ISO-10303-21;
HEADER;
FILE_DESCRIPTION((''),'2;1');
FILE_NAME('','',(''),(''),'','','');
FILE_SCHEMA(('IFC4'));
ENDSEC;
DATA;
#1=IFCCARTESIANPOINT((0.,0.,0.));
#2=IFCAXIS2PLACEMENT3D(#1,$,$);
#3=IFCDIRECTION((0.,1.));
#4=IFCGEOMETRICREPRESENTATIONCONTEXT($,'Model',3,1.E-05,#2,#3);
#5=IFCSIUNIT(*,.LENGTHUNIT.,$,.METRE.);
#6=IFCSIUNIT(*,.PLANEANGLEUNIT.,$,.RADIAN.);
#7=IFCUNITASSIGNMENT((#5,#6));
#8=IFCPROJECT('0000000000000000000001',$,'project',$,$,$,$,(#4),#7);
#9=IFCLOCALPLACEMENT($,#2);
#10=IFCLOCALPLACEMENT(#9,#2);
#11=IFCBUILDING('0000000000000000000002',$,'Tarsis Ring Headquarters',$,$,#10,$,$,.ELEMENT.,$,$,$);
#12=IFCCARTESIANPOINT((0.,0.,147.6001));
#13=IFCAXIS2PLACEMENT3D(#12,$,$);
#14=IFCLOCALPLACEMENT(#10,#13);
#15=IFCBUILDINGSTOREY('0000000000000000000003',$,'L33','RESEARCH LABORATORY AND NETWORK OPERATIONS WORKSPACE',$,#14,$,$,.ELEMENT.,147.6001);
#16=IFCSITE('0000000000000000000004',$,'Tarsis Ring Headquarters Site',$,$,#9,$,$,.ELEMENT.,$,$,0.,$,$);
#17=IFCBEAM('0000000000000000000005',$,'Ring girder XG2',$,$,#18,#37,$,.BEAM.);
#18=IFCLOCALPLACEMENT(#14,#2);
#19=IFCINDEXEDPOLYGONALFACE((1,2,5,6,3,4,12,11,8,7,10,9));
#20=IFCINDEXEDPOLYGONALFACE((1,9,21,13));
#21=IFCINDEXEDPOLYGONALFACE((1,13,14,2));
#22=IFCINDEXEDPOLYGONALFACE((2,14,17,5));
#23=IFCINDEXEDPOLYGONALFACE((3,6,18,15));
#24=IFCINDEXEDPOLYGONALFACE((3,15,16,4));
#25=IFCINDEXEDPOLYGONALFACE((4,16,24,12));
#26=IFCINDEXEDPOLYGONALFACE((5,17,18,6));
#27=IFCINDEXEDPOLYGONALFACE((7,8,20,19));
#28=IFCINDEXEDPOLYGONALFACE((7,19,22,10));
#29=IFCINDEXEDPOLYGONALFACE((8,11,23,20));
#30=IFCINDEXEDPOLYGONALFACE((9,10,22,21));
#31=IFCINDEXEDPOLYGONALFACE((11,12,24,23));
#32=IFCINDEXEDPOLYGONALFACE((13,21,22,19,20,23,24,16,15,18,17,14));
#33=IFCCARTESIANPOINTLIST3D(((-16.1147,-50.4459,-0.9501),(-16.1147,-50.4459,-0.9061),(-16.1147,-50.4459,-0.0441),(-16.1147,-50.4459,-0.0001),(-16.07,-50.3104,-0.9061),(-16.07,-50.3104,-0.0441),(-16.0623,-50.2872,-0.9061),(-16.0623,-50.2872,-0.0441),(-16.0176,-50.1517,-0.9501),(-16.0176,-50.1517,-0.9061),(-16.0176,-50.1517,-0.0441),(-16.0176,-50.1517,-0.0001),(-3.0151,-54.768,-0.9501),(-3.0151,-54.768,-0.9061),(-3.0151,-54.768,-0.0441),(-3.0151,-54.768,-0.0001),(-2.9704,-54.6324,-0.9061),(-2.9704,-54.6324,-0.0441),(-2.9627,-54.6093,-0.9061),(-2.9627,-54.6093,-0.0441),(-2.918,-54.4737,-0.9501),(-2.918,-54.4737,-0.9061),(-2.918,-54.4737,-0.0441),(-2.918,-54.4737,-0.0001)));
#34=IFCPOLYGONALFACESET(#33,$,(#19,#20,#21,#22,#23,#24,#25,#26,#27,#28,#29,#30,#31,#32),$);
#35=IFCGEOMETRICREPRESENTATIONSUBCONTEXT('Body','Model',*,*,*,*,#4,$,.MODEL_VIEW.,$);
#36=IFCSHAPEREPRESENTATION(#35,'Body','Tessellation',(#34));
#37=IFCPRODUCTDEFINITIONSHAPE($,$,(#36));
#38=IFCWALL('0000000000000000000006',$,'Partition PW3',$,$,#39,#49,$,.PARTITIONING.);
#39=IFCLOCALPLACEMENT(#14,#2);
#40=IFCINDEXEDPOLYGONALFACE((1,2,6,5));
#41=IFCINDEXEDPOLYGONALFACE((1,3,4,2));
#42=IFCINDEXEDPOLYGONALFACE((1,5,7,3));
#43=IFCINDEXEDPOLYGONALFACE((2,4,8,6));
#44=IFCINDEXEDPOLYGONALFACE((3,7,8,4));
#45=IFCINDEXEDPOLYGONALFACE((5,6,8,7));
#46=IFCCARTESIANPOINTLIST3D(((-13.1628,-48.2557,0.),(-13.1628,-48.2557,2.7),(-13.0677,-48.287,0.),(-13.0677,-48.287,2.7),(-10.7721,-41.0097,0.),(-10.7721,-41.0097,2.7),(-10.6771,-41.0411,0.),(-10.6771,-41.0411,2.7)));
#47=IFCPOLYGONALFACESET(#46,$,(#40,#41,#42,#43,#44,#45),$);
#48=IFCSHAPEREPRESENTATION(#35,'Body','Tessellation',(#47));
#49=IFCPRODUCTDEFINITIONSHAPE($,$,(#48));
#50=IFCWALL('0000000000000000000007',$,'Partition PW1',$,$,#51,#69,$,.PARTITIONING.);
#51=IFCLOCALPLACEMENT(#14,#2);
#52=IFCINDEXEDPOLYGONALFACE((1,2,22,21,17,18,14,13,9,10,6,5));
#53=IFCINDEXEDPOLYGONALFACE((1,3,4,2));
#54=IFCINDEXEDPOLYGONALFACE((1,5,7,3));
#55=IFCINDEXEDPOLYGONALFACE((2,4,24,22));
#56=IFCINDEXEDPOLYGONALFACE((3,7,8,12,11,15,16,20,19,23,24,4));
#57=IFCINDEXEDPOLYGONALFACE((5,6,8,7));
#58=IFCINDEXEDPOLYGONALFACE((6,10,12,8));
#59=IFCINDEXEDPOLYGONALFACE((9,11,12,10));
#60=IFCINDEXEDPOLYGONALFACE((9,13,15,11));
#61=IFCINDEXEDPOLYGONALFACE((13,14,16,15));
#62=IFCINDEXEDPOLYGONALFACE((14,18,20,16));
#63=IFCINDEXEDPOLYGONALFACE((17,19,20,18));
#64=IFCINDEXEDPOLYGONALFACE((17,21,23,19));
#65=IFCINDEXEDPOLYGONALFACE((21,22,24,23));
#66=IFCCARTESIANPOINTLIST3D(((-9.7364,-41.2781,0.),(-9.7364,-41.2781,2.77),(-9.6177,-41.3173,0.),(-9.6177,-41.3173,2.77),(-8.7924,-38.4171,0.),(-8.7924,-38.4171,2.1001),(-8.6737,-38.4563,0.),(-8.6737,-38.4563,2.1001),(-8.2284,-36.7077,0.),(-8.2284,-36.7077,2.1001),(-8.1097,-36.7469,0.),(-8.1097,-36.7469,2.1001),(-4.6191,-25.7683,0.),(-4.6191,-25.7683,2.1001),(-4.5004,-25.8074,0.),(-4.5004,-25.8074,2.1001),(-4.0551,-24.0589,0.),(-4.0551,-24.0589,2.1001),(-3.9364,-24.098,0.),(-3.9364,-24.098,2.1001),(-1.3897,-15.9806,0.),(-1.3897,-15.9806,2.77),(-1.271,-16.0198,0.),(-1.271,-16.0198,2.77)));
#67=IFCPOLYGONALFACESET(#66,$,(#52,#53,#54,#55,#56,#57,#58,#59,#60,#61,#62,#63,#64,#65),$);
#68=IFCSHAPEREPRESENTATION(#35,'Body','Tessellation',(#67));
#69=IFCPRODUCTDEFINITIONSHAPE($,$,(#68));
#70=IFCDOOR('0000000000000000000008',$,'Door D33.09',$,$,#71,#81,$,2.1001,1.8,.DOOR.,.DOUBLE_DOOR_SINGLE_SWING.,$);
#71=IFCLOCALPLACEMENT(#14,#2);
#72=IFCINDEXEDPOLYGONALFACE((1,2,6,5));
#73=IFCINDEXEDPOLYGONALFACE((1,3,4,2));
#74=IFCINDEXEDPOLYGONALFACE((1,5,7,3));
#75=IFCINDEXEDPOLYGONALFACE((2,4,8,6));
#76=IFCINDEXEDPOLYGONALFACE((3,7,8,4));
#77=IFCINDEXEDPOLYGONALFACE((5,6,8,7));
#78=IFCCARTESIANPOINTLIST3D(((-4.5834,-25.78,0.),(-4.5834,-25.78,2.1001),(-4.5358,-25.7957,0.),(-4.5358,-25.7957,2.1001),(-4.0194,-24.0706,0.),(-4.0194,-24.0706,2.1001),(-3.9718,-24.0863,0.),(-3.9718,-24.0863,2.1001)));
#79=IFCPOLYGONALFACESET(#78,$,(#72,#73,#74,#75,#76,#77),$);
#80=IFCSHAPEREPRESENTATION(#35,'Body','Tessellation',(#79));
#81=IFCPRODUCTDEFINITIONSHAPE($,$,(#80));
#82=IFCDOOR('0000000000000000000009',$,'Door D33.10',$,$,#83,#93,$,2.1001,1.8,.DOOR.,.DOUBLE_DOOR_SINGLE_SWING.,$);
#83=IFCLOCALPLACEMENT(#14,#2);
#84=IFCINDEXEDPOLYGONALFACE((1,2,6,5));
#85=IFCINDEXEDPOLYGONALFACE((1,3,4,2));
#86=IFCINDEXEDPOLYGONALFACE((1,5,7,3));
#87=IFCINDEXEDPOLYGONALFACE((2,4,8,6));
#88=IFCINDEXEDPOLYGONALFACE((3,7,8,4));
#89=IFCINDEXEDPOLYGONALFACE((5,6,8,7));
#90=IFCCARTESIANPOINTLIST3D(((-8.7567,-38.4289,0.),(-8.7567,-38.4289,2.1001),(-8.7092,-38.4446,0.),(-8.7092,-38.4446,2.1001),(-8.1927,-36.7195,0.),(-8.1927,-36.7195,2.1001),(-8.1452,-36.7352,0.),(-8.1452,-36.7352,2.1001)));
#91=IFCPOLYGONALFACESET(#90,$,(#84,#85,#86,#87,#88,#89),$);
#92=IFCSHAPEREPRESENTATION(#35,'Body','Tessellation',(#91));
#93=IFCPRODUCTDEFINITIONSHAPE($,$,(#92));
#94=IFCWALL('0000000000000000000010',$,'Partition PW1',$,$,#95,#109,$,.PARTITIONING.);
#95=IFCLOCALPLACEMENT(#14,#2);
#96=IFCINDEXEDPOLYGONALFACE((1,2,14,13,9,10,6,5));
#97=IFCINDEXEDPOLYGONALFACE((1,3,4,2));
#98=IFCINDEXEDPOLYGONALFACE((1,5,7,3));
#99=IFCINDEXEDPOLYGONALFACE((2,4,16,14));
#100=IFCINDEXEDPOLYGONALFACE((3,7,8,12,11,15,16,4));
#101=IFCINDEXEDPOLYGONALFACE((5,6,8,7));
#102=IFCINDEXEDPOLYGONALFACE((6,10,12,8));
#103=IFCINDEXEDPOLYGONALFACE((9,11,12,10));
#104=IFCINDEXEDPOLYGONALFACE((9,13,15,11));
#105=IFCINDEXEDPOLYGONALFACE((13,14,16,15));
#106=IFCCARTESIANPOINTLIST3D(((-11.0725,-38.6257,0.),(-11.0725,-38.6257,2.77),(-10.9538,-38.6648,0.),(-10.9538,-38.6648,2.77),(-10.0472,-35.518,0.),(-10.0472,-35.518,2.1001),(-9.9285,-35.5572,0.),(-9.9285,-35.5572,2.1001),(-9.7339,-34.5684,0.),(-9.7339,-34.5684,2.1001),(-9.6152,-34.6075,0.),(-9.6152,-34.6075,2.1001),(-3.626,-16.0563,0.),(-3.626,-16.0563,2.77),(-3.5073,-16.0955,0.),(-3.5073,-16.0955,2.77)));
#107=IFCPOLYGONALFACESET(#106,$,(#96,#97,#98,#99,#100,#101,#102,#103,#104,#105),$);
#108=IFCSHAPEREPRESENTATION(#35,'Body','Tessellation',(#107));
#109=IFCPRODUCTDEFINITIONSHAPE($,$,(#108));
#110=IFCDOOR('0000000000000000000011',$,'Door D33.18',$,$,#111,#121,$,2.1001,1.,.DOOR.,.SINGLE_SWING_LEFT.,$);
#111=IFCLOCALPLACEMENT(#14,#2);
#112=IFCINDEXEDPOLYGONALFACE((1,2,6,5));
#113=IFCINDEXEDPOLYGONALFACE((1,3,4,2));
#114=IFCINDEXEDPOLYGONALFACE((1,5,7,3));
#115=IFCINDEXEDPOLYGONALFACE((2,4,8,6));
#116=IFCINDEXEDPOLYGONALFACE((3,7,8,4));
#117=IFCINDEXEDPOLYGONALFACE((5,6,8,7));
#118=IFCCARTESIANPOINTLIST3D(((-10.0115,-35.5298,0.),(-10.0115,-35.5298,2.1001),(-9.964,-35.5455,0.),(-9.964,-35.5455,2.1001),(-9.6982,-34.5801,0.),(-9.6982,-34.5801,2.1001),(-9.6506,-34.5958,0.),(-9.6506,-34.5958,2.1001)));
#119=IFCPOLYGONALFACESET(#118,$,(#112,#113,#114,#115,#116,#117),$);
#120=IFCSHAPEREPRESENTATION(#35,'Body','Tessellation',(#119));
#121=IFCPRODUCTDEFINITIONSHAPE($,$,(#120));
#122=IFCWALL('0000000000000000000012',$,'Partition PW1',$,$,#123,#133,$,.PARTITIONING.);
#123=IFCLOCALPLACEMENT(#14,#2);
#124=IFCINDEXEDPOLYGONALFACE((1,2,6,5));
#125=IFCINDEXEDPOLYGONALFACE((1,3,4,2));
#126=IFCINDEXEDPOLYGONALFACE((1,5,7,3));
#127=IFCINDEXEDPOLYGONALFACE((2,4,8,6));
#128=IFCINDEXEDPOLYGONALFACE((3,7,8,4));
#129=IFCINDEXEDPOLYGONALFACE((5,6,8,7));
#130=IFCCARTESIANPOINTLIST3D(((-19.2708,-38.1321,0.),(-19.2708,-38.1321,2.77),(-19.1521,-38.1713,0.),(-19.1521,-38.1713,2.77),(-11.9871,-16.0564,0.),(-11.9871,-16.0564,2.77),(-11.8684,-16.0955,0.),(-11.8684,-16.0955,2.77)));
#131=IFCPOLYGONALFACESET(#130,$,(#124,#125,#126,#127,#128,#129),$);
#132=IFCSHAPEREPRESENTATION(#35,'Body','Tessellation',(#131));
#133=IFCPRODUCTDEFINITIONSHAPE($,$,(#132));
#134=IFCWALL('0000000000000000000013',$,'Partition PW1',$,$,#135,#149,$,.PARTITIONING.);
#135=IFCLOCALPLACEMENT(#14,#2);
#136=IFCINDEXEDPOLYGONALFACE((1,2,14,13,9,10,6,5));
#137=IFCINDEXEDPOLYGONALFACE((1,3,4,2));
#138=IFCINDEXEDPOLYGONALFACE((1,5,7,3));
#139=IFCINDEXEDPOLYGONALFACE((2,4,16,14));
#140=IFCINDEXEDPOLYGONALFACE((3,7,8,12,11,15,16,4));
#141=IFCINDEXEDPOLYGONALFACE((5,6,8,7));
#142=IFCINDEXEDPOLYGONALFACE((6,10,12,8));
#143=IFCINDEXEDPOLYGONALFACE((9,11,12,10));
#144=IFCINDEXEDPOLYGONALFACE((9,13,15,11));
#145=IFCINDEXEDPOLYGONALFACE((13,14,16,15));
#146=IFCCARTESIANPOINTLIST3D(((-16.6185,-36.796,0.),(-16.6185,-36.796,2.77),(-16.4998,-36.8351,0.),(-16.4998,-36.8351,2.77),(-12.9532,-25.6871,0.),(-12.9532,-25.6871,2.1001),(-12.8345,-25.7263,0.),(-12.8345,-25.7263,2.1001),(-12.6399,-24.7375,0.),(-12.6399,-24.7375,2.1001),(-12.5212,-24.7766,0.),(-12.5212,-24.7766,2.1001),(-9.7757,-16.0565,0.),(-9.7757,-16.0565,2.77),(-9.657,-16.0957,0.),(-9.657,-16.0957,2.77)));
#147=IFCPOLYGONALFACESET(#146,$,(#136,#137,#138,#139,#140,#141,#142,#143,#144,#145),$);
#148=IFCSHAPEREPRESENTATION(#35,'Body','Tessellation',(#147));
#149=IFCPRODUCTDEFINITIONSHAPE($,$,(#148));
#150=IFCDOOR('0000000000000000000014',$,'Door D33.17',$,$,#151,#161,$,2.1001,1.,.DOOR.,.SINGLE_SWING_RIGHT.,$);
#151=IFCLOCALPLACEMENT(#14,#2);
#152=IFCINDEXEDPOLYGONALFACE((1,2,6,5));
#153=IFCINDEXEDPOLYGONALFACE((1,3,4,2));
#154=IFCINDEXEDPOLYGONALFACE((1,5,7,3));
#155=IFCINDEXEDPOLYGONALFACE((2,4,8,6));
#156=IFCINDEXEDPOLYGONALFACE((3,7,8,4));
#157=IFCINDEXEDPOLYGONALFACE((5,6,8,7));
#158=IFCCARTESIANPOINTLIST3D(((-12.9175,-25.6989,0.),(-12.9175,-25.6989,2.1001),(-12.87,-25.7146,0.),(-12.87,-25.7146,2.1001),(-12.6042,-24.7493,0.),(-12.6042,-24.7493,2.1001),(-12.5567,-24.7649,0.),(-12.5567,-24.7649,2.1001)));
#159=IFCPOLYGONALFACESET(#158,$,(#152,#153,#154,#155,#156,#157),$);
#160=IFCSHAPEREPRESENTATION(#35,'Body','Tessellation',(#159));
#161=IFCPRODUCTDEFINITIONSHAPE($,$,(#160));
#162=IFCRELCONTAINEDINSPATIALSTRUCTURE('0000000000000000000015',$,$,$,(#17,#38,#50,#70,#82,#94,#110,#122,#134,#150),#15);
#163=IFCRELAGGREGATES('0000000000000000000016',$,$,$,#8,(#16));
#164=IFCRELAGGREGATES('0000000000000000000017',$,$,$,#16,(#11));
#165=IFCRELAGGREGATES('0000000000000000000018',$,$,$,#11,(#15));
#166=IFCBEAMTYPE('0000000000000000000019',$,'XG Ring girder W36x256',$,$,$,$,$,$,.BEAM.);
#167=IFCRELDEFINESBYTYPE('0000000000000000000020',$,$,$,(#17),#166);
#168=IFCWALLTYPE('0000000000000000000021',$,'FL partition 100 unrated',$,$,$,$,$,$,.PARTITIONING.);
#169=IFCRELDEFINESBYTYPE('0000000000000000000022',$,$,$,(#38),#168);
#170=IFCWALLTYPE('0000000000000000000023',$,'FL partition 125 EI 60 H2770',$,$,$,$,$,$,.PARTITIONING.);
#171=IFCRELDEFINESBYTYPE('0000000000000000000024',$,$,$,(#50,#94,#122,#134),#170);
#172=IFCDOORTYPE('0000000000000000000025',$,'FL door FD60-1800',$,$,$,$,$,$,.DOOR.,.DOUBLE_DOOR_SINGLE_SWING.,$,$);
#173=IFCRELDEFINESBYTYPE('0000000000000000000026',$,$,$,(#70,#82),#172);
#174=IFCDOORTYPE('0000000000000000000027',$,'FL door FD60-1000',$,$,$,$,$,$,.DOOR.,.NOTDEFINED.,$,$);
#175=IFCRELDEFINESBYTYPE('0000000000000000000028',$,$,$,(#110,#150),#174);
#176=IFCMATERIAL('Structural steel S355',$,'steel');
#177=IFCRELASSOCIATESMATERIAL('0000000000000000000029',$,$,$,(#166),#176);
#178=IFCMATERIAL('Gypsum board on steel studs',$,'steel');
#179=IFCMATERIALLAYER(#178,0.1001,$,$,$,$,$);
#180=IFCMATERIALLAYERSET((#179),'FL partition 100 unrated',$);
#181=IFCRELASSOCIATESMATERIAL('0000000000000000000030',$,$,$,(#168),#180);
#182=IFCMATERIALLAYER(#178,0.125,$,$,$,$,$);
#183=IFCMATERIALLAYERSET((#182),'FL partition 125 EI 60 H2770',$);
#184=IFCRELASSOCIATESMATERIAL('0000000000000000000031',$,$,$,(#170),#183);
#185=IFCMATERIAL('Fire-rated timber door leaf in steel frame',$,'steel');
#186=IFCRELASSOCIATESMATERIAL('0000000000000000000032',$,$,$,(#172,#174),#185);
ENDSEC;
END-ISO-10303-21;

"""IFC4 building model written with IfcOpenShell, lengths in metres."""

from ifc_helpers import new_model, si_unit, direction, frame, frame_2d, origin, origin_2d, place, context, subcontext, project, spatial, rectangle, i_section, extrude, material, layer, layer_set, material_profile, profile_set, type_object, element, fill, save


model = new_model("IFC4")

# Units and contexts
model_context = context("Model", 3, precision=1e-05, world=origin(), true_north=direction((0.0, 1.0)))
body_context = subcontext(model_context, "Body", "Model", "MODEL_VIEW")
ifc_project = project(units=[si_unit("LENGTHUNIT", "METRE"), si_unit("PLANEANGLEUNIT", "RADIAN")], contexts=[model_context])

# Site, building, storey
site_placement = place(None, origin())
site = spatial("IfcSite", under=ifc_project, at=site_placement, Name="Tarsis Ring Headquarters Site", CompositionType="ELEMENT", RefElevation=0.0)
building_placement = place(site_placement, origin())
building = spatial("IfcBuilding", under=site, at=building_placement, Name="Tarsis Ring Headquarters", CompositionType="ELEMENT")
storey_placement = place(building_placement, frame((0.0, 0.0, 147.6001)))
storey = spatial("IfcBuildingStorey", under=building, at=storey_placement, Name="L33", Description="RESEARCH LABORATORY AND NETWORK OPERATIONS WORKSPACE", CompositionType="ELEMENT", Elevation=147.6001)

# Shared definitions
ifc_material_1 = material(Name="Structural steel S355", Category="steel")

# Beam
ifc_material_profile_1 = material_profile(ifc_material_1, i_section(OverallWidth=0.3098, OverallDepth=0.95, WebThickness=0.0244, FlangeThickness=0.0439, at=origin_2d()), Name="W36x256")
ifc_profile_set_1 = profile_set([ifc_material_profile_1], Name="Structural steel S355")
beam_type_1 = type_object("IfcBeamType", Name="XG Ring girder W36x256", PredefinedType="BEAM", material=ifc_profile_set_1)
beam_1_placement = place(storey_placement, frame((-16.0662, -50.2988, -0.4751), z_axis=(0.949647, -0.313322, 0.0), x_axis=(0.313322, 0.949647, 0.0)))
element("IfcBeam", 1, at=beam_1_placement, inside=storey, type_object=beam_type_1, Name="Ring girder XG2", PredefinedType="BEAM", context=body_context, shape_type="SweptSolid", body=[
    extrude(i_section(OverallWidth=0.3098, OverallDepth=0.95, WebThickness=0.0244, FlangeThickness=0.0439, at=origin_2d()), origin(), (0.0, 0.0, 1.0), 13.7942),
])

# Wall
ifc_material_2 = material(Name="Gypsum board on steel studs", Category="steel")
ifc_layer_1 = layer(ifc_material_2, 0.1001)
ifc_layer_set_1 = layer_set([ifc_layer_1], Name="FL partition 100 unrated")
wall_type_1 = type_object("IfcWallType", Name="FL partition 100 unrated", PredefinedType="PARTITIONING", material=ifc_layer_set_1)
wall_1_placement = place(storey_placement, frame((-13.1152, -48.2712, 0.0), z_axis=(0.0, 0.0, 1.0), x_axis=(0.313318, 0.949648, 0.0)))
element("IfcWall", 2, at=wall_1_placement, inside=storey, type_object=wall_type_1, Name="Partition PW3", PredefinedType="PARTITIONING", context=body_context, shape_type="SweptSolid", body=[
    extrude(rectangle(XDim=7.6301, YDim=0.1001, at=frame_2d((3.8149, 0.0))), origin(), (0.0, 0.0, 1.0), 2.7),
])

# Wall, openings, doors
ifc_layer_2 = layer(ifc_material_2, 0.125)
ifc_layer_set_2 = layer_set([ifc_layer_2], Name="FL partition 125 EI 60 H2770")
wall_type_2 = type_object("IfcWallType", Name="FL partition 125 EI 60 H2770", PredefinedType="PARTITIONING", material=ifc_layer_set_2)
wall_2_placement = place(storey_placement, frame((-9.677, -41.2976, 0.0), z_axis=(0.0, 0.0, 1.0), x_axis=(0.313326, 0.949646, 0.0)))
wall_2 = element("IfcWall", 3, at=wall_2_placement, inside=storey, type_object=wall_type_2, Name="Partition PW1", PredefinedType="PARTITIONING", context=body_context, shape_type="SweptSolid", body=[
    extrude(rectangle(XDim=26.6389, YDim=0.125, at=frame_2d((13.3193, 0.0))), origin(), (0.0, 0.0, 1.0), 2.77),
])
opening_1_placement = place(wall_2_placement, frame((16.3323, 0.0, 0.0)))
opening_1 = element("IfcOpeningElement", 4, at=opening_1_placement, cuts=wall_2, PredefinedType="OPENING", context=body_context, shape_type="SweptSolid", body=[
    extrude(rectangle(XDim=1.8, YDim=2.1001, at=frame_2d((0.8999, 1.05))), frame((0.0, 0.0725, 0.0), z_axis=(0.0, -1.0, 0.0), x_axis=(1.0, 0.0, 0.0)), (0.0, 0.0, 1.0), 0.145),
])
opening_2_placement = place(wall_2_placement, frame((3.0127, 0.0, 0.0)))
opening_2 = element("IfcOpeningElement", 5, at=opening_2_placement, cuts=wall_2, PredefinedType="OPENING", context=body_context, shape_type="SweptSolid", body=[
    extrude(rectangle(XDim=1.8, YDim=2.1001, at=frame_2d((0.8999, 1.05))), frame((0.0, 0.0725, 0.0), z_axis=(0.0, -1.0, 0.0), x_axis=(1.0, 0.0, 0.0)), (0.0, 0.0, 1.0), 0.145),
])
ifc_material_3 = material(Name="Fire-rated timber door leaf in steel frame", Category="steel")
door_type_1 = type_object("IfcDoorType", Name="FL door FD60-1800", OperationType="DOUBLE_DOOR_SINGLE_SWING", PredefinedType="DOOR", material=ifc_material_3)
door_1_placement = place(opening_1_placement, origin())
door_1 = element("IfcDoor", 6, at=door_1_placement, inside=storey, type_object=door_type_1, Name="Door D33.09", OperationType="DOUBLE_DOOR_SINGLE_SWING", OverallHeight=2.1001, OverallWidth=1.8, PredefinedType="DOOR", context=body_context, shape_type="SweptSolid", body=[
    extrude(rectangle(XDim=1.8, YDim=2.1001, at=frame_2d((0.8999, 1.05))), frame((0.0, 0.0249, 0.0), z_axis=(0.0, -1.0, 0.0), x_axis=(1.0, 0.0, 0.0)), (0.0, 0.0, 1.0), 0.05),
])
fill(opening_1, door_1)
door_2_placement = place(opening_2_placement, origin())
door_2 = element("IfcDoor", 7, at=door_2_placement, inside=storey, type_object=door_type_1, Name="Door D33.10", OperationType="DOUBLE_DOOR_SINGLE_SWING", OverallHeight=2.1001, OverallWidth=1.8, PredefinedType="DOOR", context=body_context, shape_type="SweptSolid", body=[
    extrude(rectangle(XDim=1.8, YDim=2.1001, at=frame_2d((0.8999, 1.05))), frame((0.0, 0.0249, 0.0), z_axis=(0.0, -1.0, 0.0), x_axis=(1.0, 0.0, 0.0)), (0.0, 0.0, 1.0), 0.05),
])
fill(opening_2, door_2)

# Wall, opening, door
wall_3_placement = place(storey_placement, frame((-11.0132, -38.6453, 0.0), z_axis=(0.0, 0.0, 1.0), x_axis=(0.313326, 0.949646, 0.0)))
wall_3 = element("IfcWall", 8, at=wall_3_placement, inside=storey, type_object=wall_type_2, Name="Partition PW1", PredefinedType="PARTITIONING", context=body_context, shape_type="SweptSolid", body=[
    extrude(rectangle(XDim=23.7661, YDim=0.125, at=frame_2d((11.8831, 0.0))), origin(), (0.0, 0.0, 1.0), 2.77),
])
opening_3_placement = place(wall_3_placement, frame((3.2725, 0.0, 0.0)))
opening_3 = element("IfcOpeningElement", 9, at=opening_3_placement, cuts=wall_3, PredefinedType="OPENING", context=body_context, shape_type="SweptSolid", body=[
    extrude(rectangle(XDim=1.0, YDim=2.1001, at=frame_2d((0.5, 1.05))), frame((0.0, 0.0725, 0.0), z_axis=(0.0, -1.0, 0.0), x_axis=(1.0, 0.0, 0.0)), (0.0, 0.0, 1.0), 0.145),
])
door_type_2 = type_object("IfcDoorType", Name="FL door FD60-1000", OperationType="NOTDEFINED", PredefinedType="DOOR", material=ifc_material_3)
door_3_placement = place(opening_3_placement, origin())
door_3 = element("IfcDoor", 10, at=door_3_placement, inside=storey, type_object=door_type_2, Name="Door D33.18", OperationType="SINGLE_SWING_LEFT", OverallHeight=2.1001, OverallWidth=1.0, PredefinedType="DOOR", context=body_context, shape_type="SweptSolid", body=[
    extrude(rectangle(XDim=1.0, YDim=2.1001, at=frame_2d((0.5, 1.05))), frame((0.0, 0.0249, 0.0), z_axis=(0.0, -1.0, 0.0), x_axis=(1.0, 0.0, 0.0)), (0.0, 0.0, 1.0), 0.05),
])
fill(opening_3, door_3)

# Wall
wall_4_placement = place(storey_placement, frame((-19.2114, -38.1516, 0.0), z_axis=(0.0, 0.0, 1.0), x_axis=(0.313328, 0.949645, 0.0)))
element("IfcWall", 11, at=wall_4_placement, inside=storey, type_object=wall_type_2, Name="Partition PW1", PredefinedType="PARTITIONING", context=body_context, shape_type="SweptSolid", body=[
    extrude(rectangle(XDim=23.2463, YDim=0.125, at=frame_2d((11.623, 0.0))), origin(), (0.0, 0.0, 1.0), 2.77),
])

# Wall, opening, door
wall_5_placement = place(storey_placement, frame((-16.5591, -36.8154, 0.0), z_axis=(0.0, 0.0, 1.0), x_axis=(0.313325, 0.949646, 0.0)))
wall_5 = element("IfcWall", 12, at=wall_5_placement, inside=storey, type_object=wall_type_2, Name="Partition PW1", PredefinedType="PARTITIONING", context=body_context, shape_type="SweptSolid", body=[
    extrude(rectangle(XDim=21.8391, YDim=0.125, at=frame_2d((10.9194, 0.0))), origin(), (0.0, 0.0, 1.0), 2.77),
])
opening_4_placement = place(wall_5_placement, frame((11.6978, 0.0, 0.0)))
opening_4 = element("IfcOpeningElement", 13, at=opening_4_placement, cuts=wall_5, PredefinedType="OPENING", context=body_context, shape_type="SweptSolid", body=[
    extrude(rectangle(XDim=1.0, YDim=2.1001, at=frame_2d((0.5, 1.05))), frame((0.0, 0.0725, 0.0), z_axis=(0.0, -1.0, 0.0), x_axis=(1.0, 0.0, 0.0)), (0.0, 0.0, 1.0), 0.145),
])
door_4_placement = place(opening_4_placement, origin())
door_4 = element("IfcDoor", 14, at=door_4_placement, inside=storey, type_object=door_type_2, Name="Door D33.17", OperationType="SINGLE_SWING_RIGHT", OverallHeight=2.1001, OverallWidth=1.0, PredefinedType="DOOR", context=body_context, shape_type="SweptSolid", body=[
    extrude(rectangle(XDim=1.0, YDim=2.1001, at=frame_2d((0.5, 1.05))), frame((0.0, 0.0249, 0.0), z_axis=(0.0, -1.0, 0.0), x_axis=(1.0, 0.0, 0.0)), (0.0, 0.0, 1.0), 0.05),
])
fill(opening_4, door_4)

save(model, "model.ifc")
